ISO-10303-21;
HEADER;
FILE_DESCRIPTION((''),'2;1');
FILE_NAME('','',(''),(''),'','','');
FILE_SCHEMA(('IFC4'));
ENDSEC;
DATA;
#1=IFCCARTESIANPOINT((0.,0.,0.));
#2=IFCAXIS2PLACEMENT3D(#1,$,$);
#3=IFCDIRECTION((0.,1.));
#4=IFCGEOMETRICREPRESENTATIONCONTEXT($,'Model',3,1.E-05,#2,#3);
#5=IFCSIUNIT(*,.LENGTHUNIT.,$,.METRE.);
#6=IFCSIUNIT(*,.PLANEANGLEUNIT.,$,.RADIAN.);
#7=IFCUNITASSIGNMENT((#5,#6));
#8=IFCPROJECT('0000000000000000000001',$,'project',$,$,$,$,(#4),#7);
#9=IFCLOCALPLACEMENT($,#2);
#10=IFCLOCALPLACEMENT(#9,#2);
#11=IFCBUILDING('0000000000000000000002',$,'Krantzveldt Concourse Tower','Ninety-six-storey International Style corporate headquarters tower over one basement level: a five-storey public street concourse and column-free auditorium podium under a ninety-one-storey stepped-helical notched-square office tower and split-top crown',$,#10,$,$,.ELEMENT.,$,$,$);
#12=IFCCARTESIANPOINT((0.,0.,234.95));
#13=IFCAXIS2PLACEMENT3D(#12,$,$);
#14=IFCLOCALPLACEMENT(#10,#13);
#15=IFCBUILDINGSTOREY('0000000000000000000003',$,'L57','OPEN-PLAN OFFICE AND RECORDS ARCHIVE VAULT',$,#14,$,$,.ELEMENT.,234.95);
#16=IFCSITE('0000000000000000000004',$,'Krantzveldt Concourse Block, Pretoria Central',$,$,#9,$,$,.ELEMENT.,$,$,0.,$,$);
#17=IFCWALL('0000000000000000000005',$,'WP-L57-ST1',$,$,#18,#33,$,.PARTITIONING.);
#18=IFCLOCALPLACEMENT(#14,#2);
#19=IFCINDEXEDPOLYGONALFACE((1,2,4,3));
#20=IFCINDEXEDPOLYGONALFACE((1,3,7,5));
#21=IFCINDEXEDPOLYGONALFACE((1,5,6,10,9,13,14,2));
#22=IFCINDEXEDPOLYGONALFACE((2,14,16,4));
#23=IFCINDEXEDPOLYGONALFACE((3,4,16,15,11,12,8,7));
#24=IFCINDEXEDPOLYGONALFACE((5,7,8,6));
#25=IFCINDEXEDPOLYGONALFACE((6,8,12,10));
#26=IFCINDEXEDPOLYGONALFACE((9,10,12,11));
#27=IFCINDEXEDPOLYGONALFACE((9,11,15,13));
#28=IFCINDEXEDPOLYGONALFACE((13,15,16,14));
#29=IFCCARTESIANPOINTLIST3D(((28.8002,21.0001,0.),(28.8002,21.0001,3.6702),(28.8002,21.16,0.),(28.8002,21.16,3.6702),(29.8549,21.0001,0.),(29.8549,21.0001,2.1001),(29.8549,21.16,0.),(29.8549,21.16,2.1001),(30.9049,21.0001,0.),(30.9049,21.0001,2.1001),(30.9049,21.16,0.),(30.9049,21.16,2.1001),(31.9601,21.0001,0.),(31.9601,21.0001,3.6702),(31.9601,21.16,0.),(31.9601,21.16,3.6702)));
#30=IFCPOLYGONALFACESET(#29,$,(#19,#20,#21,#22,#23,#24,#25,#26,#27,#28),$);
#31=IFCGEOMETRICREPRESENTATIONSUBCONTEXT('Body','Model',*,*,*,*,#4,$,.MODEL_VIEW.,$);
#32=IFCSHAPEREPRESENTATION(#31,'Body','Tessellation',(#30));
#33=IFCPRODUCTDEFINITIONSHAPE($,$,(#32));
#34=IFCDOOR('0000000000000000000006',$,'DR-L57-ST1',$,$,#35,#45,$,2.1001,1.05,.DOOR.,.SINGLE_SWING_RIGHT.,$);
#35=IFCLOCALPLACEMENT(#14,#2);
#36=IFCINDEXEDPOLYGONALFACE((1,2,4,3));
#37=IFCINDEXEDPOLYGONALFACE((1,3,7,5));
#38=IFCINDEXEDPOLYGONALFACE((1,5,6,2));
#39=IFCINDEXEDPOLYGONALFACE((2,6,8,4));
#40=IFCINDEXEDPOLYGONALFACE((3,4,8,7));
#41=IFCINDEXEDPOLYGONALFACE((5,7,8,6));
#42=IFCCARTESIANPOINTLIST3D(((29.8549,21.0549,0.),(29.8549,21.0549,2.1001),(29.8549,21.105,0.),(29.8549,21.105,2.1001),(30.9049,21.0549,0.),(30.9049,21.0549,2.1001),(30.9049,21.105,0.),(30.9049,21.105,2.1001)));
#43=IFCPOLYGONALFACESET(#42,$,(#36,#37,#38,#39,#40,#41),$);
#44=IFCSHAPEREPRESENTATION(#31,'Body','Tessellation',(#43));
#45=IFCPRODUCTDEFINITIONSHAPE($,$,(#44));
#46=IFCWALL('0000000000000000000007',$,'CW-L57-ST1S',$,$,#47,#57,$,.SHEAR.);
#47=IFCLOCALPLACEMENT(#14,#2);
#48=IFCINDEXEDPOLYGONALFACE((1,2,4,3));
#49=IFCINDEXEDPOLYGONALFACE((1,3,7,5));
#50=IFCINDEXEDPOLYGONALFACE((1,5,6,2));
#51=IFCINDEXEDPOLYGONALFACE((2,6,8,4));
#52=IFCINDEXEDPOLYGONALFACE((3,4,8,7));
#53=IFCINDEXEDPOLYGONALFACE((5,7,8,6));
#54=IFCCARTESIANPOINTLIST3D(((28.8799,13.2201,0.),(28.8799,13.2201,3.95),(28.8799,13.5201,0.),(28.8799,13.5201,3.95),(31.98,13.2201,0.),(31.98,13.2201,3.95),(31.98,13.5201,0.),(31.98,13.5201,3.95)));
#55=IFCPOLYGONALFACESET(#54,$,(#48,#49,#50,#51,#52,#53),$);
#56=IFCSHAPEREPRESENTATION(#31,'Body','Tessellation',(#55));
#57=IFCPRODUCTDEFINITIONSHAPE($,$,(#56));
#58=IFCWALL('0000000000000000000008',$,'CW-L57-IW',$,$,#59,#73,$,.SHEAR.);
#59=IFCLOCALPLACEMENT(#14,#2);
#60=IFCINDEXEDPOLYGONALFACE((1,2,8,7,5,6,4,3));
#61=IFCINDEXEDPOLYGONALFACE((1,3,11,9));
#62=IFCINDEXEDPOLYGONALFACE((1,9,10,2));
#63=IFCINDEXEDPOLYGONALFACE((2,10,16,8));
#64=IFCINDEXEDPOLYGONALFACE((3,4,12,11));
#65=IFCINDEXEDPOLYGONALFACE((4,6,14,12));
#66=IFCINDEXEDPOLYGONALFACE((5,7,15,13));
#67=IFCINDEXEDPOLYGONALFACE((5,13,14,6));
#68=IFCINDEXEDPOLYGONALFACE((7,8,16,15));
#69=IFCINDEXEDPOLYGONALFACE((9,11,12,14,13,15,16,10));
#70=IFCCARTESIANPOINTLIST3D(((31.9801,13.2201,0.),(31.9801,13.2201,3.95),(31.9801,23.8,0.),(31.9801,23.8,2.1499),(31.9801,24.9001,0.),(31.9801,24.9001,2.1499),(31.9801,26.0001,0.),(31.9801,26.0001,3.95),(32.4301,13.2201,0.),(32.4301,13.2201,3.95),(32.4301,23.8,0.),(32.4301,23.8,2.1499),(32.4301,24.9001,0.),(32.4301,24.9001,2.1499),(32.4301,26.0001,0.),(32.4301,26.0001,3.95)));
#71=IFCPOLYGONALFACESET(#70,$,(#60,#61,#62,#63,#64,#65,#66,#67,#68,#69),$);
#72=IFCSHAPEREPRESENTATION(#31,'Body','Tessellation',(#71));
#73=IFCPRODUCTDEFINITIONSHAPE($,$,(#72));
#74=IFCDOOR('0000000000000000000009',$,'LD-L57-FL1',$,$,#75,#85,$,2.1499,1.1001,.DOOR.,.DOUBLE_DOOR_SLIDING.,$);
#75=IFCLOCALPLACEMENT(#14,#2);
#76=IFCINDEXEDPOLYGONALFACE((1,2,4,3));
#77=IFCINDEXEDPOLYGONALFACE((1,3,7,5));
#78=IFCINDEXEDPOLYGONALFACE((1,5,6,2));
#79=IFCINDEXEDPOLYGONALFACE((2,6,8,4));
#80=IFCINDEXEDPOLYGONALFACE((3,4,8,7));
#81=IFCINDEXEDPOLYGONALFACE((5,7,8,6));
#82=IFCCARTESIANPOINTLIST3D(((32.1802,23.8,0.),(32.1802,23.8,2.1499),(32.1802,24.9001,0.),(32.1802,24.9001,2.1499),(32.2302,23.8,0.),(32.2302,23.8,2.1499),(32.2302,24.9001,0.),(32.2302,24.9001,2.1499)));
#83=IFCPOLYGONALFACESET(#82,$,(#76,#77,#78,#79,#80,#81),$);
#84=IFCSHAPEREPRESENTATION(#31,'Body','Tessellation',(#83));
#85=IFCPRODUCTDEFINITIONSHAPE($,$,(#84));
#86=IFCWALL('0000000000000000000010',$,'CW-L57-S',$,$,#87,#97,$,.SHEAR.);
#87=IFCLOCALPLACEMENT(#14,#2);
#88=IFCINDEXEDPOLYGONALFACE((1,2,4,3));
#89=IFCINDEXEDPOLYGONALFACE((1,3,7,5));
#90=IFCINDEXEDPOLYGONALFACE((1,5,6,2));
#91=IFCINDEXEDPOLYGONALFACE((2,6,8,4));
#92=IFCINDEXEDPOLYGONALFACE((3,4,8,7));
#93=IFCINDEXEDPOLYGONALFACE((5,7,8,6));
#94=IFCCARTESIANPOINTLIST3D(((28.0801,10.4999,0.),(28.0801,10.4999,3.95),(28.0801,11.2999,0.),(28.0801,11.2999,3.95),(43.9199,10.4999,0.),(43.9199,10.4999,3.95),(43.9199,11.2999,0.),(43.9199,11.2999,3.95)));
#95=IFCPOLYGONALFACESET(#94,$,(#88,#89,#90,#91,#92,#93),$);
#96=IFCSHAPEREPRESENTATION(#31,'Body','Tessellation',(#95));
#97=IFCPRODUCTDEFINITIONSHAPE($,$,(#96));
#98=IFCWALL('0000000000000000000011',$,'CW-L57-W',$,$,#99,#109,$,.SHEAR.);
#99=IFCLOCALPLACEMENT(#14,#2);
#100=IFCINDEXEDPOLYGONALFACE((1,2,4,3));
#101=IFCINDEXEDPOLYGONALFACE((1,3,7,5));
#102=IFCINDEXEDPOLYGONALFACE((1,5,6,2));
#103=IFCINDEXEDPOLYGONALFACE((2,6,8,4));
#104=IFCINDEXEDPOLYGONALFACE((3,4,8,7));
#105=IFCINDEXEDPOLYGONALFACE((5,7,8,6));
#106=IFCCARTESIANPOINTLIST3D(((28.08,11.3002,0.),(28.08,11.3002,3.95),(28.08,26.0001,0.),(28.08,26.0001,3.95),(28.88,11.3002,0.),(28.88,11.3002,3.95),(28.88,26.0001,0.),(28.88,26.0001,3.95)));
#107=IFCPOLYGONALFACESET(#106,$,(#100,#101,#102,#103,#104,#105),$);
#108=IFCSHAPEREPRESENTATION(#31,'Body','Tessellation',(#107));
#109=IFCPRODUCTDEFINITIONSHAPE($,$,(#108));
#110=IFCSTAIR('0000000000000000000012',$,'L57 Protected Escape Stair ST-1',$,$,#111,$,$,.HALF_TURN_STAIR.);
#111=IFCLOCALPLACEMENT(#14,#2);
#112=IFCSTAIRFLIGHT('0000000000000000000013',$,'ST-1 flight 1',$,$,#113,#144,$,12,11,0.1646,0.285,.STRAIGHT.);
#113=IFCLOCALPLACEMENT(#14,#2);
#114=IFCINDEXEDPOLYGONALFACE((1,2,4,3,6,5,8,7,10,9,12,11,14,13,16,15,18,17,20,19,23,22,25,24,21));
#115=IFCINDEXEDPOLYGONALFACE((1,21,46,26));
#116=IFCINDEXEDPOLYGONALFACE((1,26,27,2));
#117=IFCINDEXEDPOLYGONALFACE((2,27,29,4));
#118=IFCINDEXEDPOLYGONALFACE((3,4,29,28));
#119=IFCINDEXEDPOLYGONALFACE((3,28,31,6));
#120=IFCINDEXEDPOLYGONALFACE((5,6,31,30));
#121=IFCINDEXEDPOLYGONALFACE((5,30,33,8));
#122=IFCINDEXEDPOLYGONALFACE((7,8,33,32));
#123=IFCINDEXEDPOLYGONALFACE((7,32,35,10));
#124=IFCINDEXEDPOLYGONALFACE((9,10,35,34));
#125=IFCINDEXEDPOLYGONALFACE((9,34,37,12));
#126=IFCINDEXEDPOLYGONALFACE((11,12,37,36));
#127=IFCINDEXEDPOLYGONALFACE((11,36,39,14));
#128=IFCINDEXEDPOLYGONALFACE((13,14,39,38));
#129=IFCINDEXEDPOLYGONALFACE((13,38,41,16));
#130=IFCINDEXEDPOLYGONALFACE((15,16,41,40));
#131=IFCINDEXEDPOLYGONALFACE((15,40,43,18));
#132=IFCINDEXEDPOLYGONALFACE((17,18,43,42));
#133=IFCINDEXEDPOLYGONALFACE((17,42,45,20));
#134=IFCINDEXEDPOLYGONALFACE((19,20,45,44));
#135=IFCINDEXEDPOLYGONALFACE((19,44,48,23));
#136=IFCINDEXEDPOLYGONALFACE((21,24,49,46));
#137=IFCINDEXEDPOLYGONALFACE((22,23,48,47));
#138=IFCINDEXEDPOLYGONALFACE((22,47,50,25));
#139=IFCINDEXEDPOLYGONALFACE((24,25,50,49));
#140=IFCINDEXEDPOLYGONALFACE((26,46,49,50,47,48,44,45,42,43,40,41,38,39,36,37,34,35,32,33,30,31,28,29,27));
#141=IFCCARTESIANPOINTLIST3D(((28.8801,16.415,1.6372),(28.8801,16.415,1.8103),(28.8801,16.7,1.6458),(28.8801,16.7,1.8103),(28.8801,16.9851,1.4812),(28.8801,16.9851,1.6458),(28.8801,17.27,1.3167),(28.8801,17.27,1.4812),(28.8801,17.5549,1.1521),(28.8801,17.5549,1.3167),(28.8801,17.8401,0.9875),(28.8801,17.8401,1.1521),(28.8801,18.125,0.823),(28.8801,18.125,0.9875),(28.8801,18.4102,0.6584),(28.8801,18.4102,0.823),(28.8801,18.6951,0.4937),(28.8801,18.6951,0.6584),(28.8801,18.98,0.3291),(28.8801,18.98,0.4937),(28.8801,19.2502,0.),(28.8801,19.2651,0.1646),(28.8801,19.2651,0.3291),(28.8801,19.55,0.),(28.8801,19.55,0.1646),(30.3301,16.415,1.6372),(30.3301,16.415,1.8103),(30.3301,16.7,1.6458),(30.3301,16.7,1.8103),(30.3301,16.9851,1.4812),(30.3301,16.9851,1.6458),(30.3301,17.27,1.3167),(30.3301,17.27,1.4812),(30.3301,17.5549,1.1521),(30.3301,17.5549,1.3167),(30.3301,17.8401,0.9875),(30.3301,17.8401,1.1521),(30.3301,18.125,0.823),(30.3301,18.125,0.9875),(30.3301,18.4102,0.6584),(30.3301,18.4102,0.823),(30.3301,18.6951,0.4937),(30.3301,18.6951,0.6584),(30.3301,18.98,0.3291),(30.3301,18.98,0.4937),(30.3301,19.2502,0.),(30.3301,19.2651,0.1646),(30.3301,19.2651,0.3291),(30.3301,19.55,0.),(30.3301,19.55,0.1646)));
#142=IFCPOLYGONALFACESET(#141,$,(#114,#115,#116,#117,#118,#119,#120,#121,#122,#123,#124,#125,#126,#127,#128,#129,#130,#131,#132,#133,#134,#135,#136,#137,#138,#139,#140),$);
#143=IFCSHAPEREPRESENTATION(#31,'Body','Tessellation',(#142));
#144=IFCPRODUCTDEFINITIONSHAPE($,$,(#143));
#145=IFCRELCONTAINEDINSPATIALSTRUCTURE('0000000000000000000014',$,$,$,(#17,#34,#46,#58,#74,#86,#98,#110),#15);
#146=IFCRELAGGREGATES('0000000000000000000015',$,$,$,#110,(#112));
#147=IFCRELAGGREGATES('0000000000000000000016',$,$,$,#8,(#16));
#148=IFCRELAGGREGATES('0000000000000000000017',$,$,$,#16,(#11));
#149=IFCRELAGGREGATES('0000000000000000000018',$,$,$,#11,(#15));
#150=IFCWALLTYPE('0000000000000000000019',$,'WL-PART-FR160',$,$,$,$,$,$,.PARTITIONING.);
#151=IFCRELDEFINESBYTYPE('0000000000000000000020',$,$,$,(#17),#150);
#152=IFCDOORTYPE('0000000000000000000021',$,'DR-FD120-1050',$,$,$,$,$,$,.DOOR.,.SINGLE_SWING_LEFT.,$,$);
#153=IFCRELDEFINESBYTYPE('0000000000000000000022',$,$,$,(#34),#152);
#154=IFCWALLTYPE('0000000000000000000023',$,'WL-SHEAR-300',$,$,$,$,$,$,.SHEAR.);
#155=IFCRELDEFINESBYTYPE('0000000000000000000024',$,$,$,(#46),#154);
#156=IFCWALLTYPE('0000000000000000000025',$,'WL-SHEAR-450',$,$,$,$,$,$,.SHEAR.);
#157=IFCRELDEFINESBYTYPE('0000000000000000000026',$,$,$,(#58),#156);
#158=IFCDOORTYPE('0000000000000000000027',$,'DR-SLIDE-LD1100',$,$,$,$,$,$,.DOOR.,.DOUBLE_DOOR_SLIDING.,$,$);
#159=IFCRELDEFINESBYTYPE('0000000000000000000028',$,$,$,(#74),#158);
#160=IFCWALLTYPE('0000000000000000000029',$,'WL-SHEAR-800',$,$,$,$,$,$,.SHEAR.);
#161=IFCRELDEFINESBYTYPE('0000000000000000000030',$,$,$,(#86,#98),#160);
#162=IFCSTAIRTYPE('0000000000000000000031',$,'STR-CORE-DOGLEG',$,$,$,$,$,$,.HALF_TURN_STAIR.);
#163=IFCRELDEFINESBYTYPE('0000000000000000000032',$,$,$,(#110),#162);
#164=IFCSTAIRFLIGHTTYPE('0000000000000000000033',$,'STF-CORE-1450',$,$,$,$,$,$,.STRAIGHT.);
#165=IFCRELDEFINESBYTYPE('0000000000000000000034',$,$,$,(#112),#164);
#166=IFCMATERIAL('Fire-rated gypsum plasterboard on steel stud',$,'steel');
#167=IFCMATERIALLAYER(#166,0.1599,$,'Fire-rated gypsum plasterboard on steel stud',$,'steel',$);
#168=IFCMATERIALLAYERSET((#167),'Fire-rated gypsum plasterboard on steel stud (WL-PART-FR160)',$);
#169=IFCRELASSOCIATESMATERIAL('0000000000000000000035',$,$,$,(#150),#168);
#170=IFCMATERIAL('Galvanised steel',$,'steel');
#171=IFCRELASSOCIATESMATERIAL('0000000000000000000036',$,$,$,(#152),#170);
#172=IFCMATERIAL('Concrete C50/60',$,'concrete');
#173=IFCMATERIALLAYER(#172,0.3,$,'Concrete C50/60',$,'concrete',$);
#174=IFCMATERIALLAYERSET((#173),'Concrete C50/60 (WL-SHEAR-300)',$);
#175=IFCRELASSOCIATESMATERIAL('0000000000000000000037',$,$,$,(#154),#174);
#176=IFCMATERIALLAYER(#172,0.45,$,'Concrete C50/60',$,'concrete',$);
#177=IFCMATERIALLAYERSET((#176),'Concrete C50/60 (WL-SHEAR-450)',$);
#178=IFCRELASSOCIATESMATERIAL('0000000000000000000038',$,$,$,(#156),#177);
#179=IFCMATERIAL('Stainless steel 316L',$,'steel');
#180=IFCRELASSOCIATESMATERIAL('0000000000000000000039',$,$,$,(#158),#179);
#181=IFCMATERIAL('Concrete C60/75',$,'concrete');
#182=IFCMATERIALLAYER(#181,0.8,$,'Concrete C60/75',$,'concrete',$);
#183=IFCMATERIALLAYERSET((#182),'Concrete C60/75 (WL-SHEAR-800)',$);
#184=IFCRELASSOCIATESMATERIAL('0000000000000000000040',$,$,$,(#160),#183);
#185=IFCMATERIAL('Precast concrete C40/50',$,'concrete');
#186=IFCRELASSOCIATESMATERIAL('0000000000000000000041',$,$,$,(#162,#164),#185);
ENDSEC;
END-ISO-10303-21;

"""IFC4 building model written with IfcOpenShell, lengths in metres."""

from ifc_helpers import new_model, si_unit, direction, frame, frame_2d, origin, place, context, subcontext, project, spatial, polyline, rectangle, outline, extrude, material, layer, layer_set, type_object, element, fill, aggregate, save


model = new_model("IFC4")

# Units and contexts
model_context = context("Model", 3, precision=1e-05, world=origin(), true_north=direction((0.0, 1.0)))
body_context = subcontext(model_context, "Body", "Model", "MODEL_VIEW")
ifc_project = project(units=[si_unit("LENGTHUNIT", "METRE"), si_unit("PLANEANGLEUNIT", "RADIAN")], contexts=[model_context])

# Site, building, storey
site_placement = place(None, origin())
site = spatial("IfcSite", under=ifc_project, at=site_placement, Name="Krantzveldt Concourse Block, Pretoria Central", CompositionType="ELEMENT", RefElevation=0.0)
building_placement = place(site_placement, origin())
building = spatial("IfcBuilding", under=site, at=building_placement, Name="Krantzveldt Concourse Tower", Description="Ninety-six-storey International Style corporate headquarters tower over one basement level: a five-storey public street concourse and column-free auditorium podium under a ninety-one-storey stepped-helical notched-square office tower and split-top crown", CompositionType="ELEMENT")
storey_placement = place(building_placement, frame((0.0, 0.0, 234.95)))
storey = spatial("IfcBuildingStorey", under=building, at=storey_placement, Name="L57", Description="OPEN-PLAN OFFICE AND RECORDS ARCHIVE VAULT", CompositionType="ELEMENT", Elevation=234.95)

# Shared definitions
ifc_material_1 = material(Name="Concrete C50/60", Category="concrete")

# Shared definitions
ifc_material_2 = material(Name="Fire-rated gypsum plasterboard on steel stud", Category="steel")

# Wall, opening, door
ifc_layer_1 = layer(ifc_material_2, 0.1599, Name="Fire-rated gypsum plasterboard on steel stud", Category="steel")
ifc_layer_set_1 = layer_set([ifc_layer_1], Name="Fire-rated gypsum plasterboard on steel stud (WL-PART-FR160)")
wall_type_1 = type_object("IfcWallType", Name="WL-PART-FR160", PredefinedType="PARTITIONING", material=ifc_layer_set_1)
wall_1_placement = place(storey_placement, frame((28.8, 21.0801, 0.0), z_axis=(0.0, 0.0, 1.0), x_axis=(1.0, 0.0, 0.0)))
wall_1 = element("IfcWall", 1, at=wall_1_placement, inside=storey, type_object=wall_type_1, Name="WP-L57-ST1", PredefinedType="PARTITIONING", context=body_context, shape_type="SweptSolid", body=[
    extrude(rectangle(XDim=3.1599, YDim=0.1599, at=frame_2d((1.5801, 0.0))), origin(), (0.0, 0.0, 1.0), 3.6702),
])
opening_1_placement = place(wall_1_placement, frame((1.0549, 0.0, 0.0)))
opening_1 = element("IfcOpeningElement", 2, at=opening_1_placement, cuts=wall_1, PredefinedType="OPENING", context=body_context, shape_type="SweptSolid", body=[
    extrude(rectangle(XDim=1.05, YDim=2.1001, at=frame_2d((0.5249, 1.05))), frame((0.0, 0.0898, 0.0), z_axis=(0.0, -1.0, 0.0), x_axis=(1.0, 0.0, 0.0)), (0.0, 0.0, 1.0), 0.1799),
])
ifc_material_3 = material(Name="Galvanised steel", Category="steel")
door_type_1 = type_object("IfcDoorType", Name="DR-FD120-1050", OperationType="SINGLE_SWING_LEFT", PredefinedType="DOOR", material=ifc_material_3)
door_1_placement = place(opening_1_placement, origin())
door_1 = element("IfcDoor", 3, at=door_1_placement, inside=storey, type_object=door_type_1, Name="DR-L57-ST1", OperationType="SINGLE_SWING_RIGHT", OverallHeight=2.1001, OverallWidth=1.05, PredefinedType="DOOR", context=body_context, shape_type="SweptSolid", body=[
    extrude(rectangle(XDim=1.05, YDim=2.1001, at=frame_2d((0.5249, 1.05))), frame((0.0, 0.0249, 0.0), z_axis=(0.0, -1.0, 0.0), x_axis=(1.0, 0.0, 0.0)), (0.0, 0.0, 1.0), 0.05),
])
fill(opening_1, door_1)

# Wall
ifc_layer_2 = layer(ifc_material_1, 0.3, Name="Concrete C50/60", Category="concrete")
ifc_layer_set_2 = layer_set([ifc_layer_2], Name="Concrete C50/60 (WL-SHEAR-300)")
wall_type_2 = type_object("IfcWallType", Name="WL-SHEAR-300", PredefinedType="SHEAR", material=ifc_layer_set_2)
wall_2_placement = place(storey_placement, frame((28.8799, 13.3701, 0.0), z_axis=(0.0, 0.0, 1.0), x_axis=(1.0, 0.0, 0.0)))
element("IfcWall", 4, at=wall_2_placement, inside=storey, type_object=wall_type_2, Name="CW-L57-ST1S", PredefinedType="SHEAR", context=body_context, shape_type="SweptSolid", body=[
    extrude(rectangle(XDim=3.1001, YDim=0.3, at=frame_2d((1.55, 0.0))), origin(), (0.0, 0.0, 1.0), 3.95),
])

# Wall, opening, door
ifc_layer_3 = layer(ifc_material_1, 0.45, Name="Concrete C50/60", Category="concrete")
ifc_layer_set_3 = layer_set([ifc_layer_3], Name="Concrete C50/60 (WL-SHEAR-450)")
wall_type_3 = type_object("IfcWallType", Name="WL-SHEAR-450", PredefinedType="SHEAR", material=ifc_layer_set_3)
wall_3_placement = place(storey_placement, frame((32.2051, 13.22, 0.0), z_axis=(0.0, 0.0, 1.0), x_axis=(0.0, 1.0, 0.0)))
wall_3 = element("IfcWall", 5, at=wall_3_placement, inside=storey, type_object=wall_type_3, Name="CW-L57-IW", PredefinedType="SHEAR", context=body_context, shape_type="SweptSolid", body=[
    extrude(rectangle(XDim=12.78, YDim=0.45, at=frame_2d((6.3901, 0.0))), origin(), (0.0, 0.0, 1.0), 3.95),
])
opening_2_placement = place(wall_3_placement, frame((10.5801, 0.0, 0.0)))
opening_2 = element("IfcOpeningElement", 6, at=opening_2_placement, cuts=wall_3, PredefinedType="OPENING", context=body_context, shape_type="SweptSolid", body=[
    extrude(rectangle(XDim=1.1001, YDim=2.1499, at=frame_2d((0.55, 1.075))), frame((0.0, 0.2349, 0.0), z_axis=(0.0, -1.0, 0.0), x_axis=(1.0, 0.0, 0.0)), (0.0, 0.0, 1.0), 0.47),
])
ifc_material_4 = material(Name="Stainless steel 316L", Category="steel")
door_type_2 = type_object("IfcDoorType", Name="DR-SLIDE-LD1100", OperationType="DOUBLE_DOOR_SLIDING", PredefinedType="DOOR", material=ifc_material_4)
door_2_placement = place(opening_2_placement, origin())
door_2 = element("IfcDoor", 7, at=door_2_placement, inside=storey, type_object=door_type_2, Name="LD-L57-FL1", OperationType="DOUBLE_DOOR_SLIDING", OverallHeight=2.1499, OverallWidth=1.1001, PredefinedType="DOOR", context=body_context, shape_type="SweptSolid", body=[
    extrude(rectangle(XDim=1.1001, YDim=2.1499, at=frame_2d((0.55, 1.075))), frame((0.0, 0.0249, 0.0), z_axis=(0.0, -1.0, 0.0), x_axis=(1.0, 0.0, 0.0)), (0.0, 0.0, 1.0), 0.05),
])
fill(opening_2, door_2)

# Walls
ifc_material_5 = material(Name="Concrete C60/75", Category="concrete")
ifc_layer_4 = layer(ifc_material_5, 0.8, Name="Concrete C60/75", Category="concrete")
ifc_layer_set_4 = layer_set([ifc_layer_4], Name="Concrete C60/75 (WL-SHEAR-800)")
wall_type_4 = type_object("IfcWallType", Name="WL-SHEAR-800", PredefinedType="SHEAR", material=ifc_layer_set_4)
wall_4_placement = place(storey_placement, frame((28.0801, 10.8999, 0.0), z_axis=(0.0, 0.0, 1.0), x_axis=(1.0, 0.0, 0.0)))
element("IfcWall", 8, at=wall_4_placement, inside=storey, type_object=wall_type_4, Name="CW-L57-S", PredefinedType="SHEAR", context=body_context, shape_type="SweptSolid", body=[
    extrude(rectangle(XDim=15.8398, YDim=0.8, at=frame_2d((7.9199, 0.0))), origin(), (0.0, 0.0, 1.0), 3.95),
])
wall_5_placement = place(storey_placement, frame((28.48, 11.3, 0.0), z_axis=(0.0, 0.0, 1.0), x_axis=(0.0, 1.0, 0.0)))
element("IfcWall", 9, at=wall_5_placement, inside=storey, type_object=wall_type_4, Name="CW-L57-W", PredefinedType="SHEAR", context=body_context, shape_type="SweptSolid", body=[
    extrude(rectangle(XDim=14.7, YDim=0.8, at=frame_2d((7.3501, 0.0))), origin(), (0.0, 0.0, 1.0), 3.95),
])

# Stair, stair flight
ifc_material_6 = material(Name="Precast concrete C40/50", Category="concrete")
stair_type = type_object("IfcStairType", Name="STR-CORE-DOGLEG", PredefinedType="HALF_TURN_STAIR", material=ifc_material_6)
stair_placement = place(storey_placement, origin())
stair = element("IfcStair", 10, at=stair_placement, inside=storey, type_object=stair_type, Name="L57 Protected Escape Stair ST-1", PredefinedType="HALF_TURN_STAIR")
stair_flight_type = type_object("IfcStairFlightType", Name="STF-CORE-1450", PredefinedType="STRAIGHT", material=ifc_material_6)
stair_flight_1_placement = place(storey_placement, frame((29.605, 19.55, 0.0), z_axis=(0.0, 0.0, 1.0), x_axis=(0.0, -1.0, 0.0)))
stair_flight_1 = element("IfcStairFlight", 11, at=stair_flight_1_placement, type_object=stair_flight_type, Name="ST-1 flight 1", NumberOfRisers=12, NumberOfTreads=11, PredefinedType="STRAIGHT", RiserHeight=0.1646, TreadLength=0.285, context=body_context, shape_type="SweptSolid", body=[
    extrude(outline(polyline([(0.0, 0.0), (0.0, 0.1646), (0.2849, 0.1646), (0.2849, 0.3291), (0.5701, 0.3291), (0.5701, 0.4937), (0.855, 0.4937), (0.855, 0.6584), (1.1399, 0.6584), (1.1399, 0.823), (1.425, 0.823), (1.425, 0.9875), (1.71, 0.9875), (1.71, 1.1521), (1.9951, 1.1521), (1.9951, 1.3167), (2.28, 1.3167), (2.28, 1.4812), (2.5649, 1.4812), (2.5649, 1.6458), (2.8501, 1.6458), (2.8501, 1.8103), (3.135, 1.8103), (3.135, 1.9751), (3.135, 1.6372), (0.2998, 0.0), (0.0, 0.0)])), frame((0.0, 0.7251, 0.0), z_axis=(0.0, -1.0, 0.0), x_axis=(1.0, 0.0, 0.0)), (0.0, 0.0, 1.0), 1.45),
])
aggregate(stair, [stair_flight_1])

save(model, "model.ifc")
